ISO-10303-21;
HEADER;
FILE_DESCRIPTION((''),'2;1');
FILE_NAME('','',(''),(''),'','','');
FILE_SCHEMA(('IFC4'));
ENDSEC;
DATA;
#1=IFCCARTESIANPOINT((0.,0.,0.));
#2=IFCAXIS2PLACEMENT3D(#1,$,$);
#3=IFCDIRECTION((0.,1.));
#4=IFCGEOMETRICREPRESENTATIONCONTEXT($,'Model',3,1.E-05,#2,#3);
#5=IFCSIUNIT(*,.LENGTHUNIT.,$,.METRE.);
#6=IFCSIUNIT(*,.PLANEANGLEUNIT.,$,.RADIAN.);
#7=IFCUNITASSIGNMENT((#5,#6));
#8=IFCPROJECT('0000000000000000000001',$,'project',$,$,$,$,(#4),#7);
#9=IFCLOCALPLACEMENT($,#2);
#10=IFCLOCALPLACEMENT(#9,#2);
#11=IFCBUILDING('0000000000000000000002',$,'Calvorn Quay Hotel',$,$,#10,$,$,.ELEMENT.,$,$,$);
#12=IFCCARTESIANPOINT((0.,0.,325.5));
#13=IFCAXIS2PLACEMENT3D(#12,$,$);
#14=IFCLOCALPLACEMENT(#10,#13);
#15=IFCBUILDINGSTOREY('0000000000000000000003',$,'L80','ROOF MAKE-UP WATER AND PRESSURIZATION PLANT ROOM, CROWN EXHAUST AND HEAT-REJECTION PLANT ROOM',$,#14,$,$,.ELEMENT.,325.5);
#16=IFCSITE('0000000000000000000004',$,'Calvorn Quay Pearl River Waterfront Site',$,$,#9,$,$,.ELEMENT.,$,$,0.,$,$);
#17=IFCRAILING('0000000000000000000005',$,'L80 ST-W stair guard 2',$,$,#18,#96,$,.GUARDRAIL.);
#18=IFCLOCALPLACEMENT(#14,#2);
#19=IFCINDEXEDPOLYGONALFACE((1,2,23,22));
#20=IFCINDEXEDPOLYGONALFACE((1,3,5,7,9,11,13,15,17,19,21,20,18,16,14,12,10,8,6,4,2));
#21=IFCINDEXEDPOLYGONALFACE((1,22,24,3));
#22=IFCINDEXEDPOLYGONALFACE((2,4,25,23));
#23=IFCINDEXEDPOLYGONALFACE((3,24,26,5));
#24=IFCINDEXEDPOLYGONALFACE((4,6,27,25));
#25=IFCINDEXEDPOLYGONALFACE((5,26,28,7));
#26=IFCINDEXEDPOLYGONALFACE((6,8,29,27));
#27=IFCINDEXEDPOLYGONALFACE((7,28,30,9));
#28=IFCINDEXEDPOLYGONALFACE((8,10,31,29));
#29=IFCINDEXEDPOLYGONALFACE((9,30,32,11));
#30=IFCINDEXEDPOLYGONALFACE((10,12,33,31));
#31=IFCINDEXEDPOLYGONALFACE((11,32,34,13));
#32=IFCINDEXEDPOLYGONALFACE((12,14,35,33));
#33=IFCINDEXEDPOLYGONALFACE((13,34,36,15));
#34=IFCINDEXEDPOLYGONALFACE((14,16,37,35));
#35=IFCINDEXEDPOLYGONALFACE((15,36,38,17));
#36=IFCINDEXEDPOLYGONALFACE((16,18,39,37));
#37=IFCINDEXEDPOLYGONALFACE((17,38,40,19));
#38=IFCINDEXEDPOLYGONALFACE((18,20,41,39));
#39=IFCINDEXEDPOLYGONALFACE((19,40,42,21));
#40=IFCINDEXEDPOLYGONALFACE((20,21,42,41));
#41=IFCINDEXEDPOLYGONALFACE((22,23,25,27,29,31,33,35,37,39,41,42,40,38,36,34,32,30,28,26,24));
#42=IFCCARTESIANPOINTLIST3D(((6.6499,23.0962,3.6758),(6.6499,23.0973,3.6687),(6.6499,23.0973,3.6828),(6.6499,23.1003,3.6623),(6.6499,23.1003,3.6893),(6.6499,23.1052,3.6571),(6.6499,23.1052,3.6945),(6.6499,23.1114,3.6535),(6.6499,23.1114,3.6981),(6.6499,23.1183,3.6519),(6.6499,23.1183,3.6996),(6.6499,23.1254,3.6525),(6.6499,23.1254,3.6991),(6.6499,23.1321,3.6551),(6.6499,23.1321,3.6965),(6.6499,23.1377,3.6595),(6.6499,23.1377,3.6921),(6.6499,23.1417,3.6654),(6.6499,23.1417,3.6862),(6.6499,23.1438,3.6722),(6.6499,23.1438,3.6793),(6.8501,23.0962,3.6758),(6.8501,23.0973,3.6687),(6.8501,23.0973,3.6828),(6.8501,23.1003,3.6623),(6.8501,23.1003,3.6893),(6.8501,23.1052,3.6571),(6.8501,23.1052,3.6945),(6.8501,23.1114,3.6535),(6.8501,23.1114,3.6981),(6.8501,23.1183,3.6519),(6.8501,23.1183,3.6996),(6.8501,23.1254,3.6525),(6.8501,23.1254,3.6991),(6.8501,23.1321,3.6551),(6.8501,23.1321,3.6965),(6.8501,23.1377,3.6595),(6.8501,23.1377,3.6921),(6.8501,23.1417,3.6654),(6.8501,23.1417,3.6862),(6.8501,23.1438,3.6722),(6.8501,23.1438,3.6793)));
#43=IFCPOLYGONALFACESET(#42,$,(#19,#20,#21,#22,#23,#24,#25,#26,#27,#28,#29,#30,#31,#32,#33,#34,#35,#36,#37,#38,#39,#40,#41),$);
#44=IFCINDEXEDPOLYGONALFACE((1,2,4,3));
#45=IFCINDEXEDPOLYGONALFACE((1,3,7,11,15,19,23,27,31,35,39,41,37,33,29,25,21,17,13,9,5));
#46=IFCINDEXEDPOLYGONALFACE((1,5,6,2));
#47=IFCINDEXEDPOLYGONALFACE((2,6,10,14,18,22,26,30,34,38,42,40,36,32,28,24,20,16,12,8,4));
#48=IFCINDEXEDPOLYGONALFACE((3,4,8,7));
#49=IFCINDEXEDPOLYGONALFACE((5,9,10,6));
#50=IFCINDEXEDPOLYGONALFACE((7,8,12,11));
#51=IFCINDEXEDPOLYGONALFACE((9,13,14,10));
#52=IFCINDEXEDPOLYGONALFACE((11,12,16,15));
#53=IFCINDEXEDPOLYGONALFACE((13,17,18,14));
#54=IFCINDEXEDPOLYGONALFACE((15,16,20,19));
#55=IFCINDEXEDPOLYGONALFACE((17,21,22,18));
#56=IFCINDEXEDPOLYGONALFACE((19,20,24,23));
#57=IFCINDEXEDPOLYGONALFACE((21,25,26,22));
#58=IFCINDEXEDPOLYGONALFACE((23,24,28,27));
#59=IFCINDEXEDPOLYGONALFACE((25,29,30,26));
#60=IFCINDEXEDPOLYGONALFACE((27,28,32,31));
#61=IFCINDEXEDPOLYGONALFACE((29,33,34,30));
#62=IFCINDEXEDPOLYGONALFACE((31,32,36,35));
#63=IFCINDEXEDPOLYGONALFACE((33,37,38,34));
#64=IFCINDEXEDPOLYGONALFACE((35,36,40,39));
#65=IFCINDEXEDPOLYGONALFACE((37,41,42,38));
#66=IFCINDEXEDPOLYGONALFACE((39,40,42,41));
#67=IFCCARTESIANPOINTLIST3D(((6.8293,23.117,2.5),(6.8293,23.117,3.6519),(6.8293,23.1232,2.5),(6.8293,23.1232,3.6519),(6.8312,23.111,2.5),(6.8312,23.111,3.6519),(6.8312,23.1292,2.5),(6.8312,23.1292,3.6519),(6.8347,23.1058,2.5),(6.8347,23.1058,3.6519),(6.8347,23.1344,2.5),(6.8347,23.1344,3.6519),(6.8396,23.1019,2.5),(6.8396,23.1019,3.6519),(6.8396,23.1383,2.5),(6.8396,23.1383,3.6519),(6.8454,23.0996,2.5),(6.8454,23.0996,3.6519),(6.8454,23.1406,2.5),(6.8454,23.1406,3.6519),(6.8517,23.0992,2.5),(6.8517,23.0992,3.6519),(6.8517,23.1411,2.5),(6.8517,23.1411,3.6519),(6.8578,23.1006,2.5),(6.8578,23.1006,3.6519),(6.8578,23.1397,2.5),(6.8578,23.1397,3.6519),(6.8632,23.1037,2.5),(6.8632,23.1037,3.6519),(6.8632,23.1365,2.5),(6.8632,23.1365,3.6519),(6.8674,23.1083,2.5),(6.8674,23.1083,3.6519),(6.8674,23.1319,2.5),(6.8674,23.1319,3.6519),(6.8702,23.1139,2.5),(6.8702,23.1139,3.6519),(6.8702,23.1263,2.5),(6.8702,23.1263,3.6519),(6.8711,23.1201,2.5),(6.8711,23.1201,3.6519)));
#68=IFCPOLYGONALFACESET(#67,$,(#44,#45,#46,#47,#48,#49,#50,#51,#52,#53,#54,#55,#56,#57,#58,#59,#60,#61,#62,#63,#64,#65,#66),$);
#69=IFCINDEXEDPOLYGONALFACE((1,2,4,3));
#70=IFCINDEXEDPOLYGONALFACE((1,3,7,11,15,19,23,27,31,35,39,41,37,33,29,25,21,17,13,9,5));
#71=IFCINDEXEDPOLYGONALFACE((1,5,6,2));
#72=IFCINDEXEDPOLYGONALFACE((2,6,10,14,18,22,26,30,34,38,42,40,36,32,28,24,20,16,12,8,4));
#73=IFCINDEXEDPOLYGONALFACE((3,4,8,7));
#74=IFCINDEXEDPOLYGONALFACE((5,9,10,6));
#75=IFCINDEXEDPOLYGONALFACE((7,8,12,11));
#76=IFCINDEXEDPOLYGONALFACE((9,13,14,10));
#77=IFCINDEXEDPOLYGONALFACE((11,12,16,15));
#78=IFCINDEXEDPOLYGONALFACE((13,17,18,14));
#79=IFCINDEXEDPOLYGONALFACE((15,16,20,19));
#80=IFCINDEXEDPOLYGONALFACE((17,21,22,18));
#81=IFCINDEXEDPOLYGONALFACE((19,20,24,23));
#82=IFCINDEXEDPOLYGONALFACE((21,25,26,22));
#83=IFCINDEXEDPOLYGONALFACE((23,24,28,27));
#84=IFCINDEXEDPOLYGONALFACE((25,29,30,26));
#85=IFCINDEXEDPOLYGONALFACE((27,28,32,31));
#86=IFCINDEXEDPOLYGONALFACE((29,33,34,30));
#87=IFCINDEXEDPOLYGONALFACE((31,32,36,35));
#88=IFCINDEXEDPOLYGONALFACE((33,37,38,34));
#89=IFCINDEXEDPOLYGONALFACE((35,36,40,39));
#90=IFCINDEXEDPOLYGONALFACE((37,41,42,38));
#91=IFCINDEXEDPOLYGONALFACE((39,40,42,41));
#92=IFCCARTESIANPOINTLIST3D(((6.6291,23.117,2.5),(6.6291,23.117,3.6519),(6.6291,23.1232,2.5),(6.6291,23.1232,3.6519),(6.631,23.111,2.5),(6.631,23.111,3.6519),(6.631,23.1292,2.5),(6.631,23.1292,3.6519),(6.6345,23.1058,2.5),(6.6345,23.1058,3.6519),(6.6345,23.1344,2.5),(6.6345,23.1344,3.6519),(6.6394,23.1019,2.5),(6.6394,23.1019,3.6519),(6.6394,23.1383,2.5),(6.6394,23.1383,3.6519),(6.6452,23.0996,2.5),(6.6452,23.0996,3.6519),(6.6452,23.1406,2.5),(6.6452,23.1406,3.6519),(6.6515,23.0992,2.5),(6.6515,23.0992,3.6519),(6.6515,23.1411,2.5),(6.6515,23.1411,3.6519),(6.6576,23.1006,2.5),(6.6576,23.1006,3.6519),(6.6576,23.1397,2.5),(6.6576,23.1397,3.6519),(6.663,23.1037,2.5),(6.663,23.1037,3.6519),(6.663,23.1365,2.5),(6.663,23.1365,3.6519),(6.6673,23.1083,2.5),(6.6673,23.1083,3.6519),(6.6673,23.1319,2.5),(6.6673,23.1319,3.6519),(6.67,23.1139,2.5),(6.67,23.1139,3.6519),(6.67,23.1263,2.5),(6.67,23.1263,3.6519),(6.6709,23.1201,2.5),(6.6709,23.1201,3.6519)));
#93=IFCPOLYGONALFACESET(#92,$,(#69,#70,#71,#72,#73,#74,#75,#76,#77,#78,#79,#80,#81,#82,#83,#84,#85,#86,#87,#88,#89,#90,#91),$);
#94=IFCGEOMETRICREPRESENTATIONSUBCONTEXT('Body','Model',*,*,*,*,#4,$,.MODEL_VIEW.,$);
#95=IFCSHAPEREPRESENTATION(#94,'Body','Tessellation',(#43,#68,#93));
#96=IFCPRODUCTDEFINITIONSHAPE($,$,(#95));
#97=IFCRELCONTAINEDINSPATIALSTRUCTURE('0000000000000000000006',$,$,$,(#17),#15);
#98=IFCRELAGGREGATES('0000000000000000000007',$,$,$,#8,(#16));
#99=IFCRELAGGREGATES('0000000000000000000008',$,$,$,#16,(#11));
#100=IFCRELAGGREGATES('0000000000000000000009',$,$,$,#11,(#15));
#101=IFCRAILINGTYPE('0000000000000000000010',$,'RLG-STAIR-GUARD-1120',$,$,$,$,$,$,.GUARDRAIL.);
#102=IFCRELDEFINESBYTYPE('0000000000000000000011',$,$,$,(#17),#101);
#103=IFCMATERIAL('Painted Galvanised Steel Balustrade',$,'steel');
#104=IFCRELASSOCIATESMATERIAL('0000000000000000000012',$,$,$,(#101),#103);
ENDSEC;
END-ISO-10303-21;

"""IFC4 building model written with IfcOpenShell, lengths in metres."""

from ifc_helpers import new_model, si_unit, direction, frame, origin, origin_2d, place, context, subcontext, project, spatial, circle, extrude, material, type_object, element, save


model = new_model("IFC4")

# Units and contexts
model_context = context("Model", 3, precision=1e-05, world=origin(), true_north=direction((0.0, 1.0)))
body_context = subcontext(model_context, "Body", "Model", "MODEL_VIEW")
ifc_project = project(units=[si_unit("LENGTHUNIT", "METRE"), si_unit("PLANEANGLEUNIT", "RADIAN")], contexts=[model_context])

# Site, building, storey
site_placement = place(None, origin())
site = spatial("IfcSite", under=ifc_project, at=site_placement, Name="Calvorn Quay Pearl River Waterfront Site", CompositionType="ELEMENT", RefElevation=0.0)
building_placement = place(site_placement, origin())
building = spatial("IfcBuilding", under=site, at=building_placement, Name="Calvorn Quay Hotel", CompositionType="ELEMENT")
storey_placement = place(building_placement, frame((0.0, 0.0, 325.5)))
storey = spatial("IfcBuildingStorey", under=building, at=storey_placement, Name="L80", Description="ROOF MAKE-UP WATER AND PRESSURIZATION PLANT ROOM, CROWN EXHAUST AND HEAT-REJECTION PLANT ROOM", CompositionType="ELEMENT", Elevation=325.5)

# Railing
ifc_material_1 = material(Name="Painted Galvanised Steel Balustrade", Category="steel")
railing_type_1 = type_object("IfcRailingType", Name="RLG-STAIR-GUARD-1120", PredefinedType="GUARDRAIL", material=ifc_material_1)
railing_1_placement = place(storey_placement, frame((6.8501, 23.1201, 2.5)))
element("IfcRailing", 1, at=railing_1_placement, inside=storey, type_object=railing_type_1, Name="L80 ST-W stair guard 2", PredefinedType="GUARDRAIL", context=body_context, shape_type="SweptSolid", body=[
    extrude(circle(Radius=0.0239, at=origin_2d()), frame((0.0, 0.0, 1.1758), z_axis=(-1.0, 0.0, 0.0), x_axis=(0.0, -1.0, 0.0)), (0.0, 0.0, 1.0), 0.2002),
    extrude(circle(Radius=0.021, at=origin_2d()), origin(), (0.0, 0.0, 1.0), 1.1519),
    extrude(circle(Radius=0.021, at=origin_2d()), frame((-0.2002, 0.0, 0.0)), (0.0, 0.0, 1.0), 1.1519),
])

save(model, "model.ifc")
